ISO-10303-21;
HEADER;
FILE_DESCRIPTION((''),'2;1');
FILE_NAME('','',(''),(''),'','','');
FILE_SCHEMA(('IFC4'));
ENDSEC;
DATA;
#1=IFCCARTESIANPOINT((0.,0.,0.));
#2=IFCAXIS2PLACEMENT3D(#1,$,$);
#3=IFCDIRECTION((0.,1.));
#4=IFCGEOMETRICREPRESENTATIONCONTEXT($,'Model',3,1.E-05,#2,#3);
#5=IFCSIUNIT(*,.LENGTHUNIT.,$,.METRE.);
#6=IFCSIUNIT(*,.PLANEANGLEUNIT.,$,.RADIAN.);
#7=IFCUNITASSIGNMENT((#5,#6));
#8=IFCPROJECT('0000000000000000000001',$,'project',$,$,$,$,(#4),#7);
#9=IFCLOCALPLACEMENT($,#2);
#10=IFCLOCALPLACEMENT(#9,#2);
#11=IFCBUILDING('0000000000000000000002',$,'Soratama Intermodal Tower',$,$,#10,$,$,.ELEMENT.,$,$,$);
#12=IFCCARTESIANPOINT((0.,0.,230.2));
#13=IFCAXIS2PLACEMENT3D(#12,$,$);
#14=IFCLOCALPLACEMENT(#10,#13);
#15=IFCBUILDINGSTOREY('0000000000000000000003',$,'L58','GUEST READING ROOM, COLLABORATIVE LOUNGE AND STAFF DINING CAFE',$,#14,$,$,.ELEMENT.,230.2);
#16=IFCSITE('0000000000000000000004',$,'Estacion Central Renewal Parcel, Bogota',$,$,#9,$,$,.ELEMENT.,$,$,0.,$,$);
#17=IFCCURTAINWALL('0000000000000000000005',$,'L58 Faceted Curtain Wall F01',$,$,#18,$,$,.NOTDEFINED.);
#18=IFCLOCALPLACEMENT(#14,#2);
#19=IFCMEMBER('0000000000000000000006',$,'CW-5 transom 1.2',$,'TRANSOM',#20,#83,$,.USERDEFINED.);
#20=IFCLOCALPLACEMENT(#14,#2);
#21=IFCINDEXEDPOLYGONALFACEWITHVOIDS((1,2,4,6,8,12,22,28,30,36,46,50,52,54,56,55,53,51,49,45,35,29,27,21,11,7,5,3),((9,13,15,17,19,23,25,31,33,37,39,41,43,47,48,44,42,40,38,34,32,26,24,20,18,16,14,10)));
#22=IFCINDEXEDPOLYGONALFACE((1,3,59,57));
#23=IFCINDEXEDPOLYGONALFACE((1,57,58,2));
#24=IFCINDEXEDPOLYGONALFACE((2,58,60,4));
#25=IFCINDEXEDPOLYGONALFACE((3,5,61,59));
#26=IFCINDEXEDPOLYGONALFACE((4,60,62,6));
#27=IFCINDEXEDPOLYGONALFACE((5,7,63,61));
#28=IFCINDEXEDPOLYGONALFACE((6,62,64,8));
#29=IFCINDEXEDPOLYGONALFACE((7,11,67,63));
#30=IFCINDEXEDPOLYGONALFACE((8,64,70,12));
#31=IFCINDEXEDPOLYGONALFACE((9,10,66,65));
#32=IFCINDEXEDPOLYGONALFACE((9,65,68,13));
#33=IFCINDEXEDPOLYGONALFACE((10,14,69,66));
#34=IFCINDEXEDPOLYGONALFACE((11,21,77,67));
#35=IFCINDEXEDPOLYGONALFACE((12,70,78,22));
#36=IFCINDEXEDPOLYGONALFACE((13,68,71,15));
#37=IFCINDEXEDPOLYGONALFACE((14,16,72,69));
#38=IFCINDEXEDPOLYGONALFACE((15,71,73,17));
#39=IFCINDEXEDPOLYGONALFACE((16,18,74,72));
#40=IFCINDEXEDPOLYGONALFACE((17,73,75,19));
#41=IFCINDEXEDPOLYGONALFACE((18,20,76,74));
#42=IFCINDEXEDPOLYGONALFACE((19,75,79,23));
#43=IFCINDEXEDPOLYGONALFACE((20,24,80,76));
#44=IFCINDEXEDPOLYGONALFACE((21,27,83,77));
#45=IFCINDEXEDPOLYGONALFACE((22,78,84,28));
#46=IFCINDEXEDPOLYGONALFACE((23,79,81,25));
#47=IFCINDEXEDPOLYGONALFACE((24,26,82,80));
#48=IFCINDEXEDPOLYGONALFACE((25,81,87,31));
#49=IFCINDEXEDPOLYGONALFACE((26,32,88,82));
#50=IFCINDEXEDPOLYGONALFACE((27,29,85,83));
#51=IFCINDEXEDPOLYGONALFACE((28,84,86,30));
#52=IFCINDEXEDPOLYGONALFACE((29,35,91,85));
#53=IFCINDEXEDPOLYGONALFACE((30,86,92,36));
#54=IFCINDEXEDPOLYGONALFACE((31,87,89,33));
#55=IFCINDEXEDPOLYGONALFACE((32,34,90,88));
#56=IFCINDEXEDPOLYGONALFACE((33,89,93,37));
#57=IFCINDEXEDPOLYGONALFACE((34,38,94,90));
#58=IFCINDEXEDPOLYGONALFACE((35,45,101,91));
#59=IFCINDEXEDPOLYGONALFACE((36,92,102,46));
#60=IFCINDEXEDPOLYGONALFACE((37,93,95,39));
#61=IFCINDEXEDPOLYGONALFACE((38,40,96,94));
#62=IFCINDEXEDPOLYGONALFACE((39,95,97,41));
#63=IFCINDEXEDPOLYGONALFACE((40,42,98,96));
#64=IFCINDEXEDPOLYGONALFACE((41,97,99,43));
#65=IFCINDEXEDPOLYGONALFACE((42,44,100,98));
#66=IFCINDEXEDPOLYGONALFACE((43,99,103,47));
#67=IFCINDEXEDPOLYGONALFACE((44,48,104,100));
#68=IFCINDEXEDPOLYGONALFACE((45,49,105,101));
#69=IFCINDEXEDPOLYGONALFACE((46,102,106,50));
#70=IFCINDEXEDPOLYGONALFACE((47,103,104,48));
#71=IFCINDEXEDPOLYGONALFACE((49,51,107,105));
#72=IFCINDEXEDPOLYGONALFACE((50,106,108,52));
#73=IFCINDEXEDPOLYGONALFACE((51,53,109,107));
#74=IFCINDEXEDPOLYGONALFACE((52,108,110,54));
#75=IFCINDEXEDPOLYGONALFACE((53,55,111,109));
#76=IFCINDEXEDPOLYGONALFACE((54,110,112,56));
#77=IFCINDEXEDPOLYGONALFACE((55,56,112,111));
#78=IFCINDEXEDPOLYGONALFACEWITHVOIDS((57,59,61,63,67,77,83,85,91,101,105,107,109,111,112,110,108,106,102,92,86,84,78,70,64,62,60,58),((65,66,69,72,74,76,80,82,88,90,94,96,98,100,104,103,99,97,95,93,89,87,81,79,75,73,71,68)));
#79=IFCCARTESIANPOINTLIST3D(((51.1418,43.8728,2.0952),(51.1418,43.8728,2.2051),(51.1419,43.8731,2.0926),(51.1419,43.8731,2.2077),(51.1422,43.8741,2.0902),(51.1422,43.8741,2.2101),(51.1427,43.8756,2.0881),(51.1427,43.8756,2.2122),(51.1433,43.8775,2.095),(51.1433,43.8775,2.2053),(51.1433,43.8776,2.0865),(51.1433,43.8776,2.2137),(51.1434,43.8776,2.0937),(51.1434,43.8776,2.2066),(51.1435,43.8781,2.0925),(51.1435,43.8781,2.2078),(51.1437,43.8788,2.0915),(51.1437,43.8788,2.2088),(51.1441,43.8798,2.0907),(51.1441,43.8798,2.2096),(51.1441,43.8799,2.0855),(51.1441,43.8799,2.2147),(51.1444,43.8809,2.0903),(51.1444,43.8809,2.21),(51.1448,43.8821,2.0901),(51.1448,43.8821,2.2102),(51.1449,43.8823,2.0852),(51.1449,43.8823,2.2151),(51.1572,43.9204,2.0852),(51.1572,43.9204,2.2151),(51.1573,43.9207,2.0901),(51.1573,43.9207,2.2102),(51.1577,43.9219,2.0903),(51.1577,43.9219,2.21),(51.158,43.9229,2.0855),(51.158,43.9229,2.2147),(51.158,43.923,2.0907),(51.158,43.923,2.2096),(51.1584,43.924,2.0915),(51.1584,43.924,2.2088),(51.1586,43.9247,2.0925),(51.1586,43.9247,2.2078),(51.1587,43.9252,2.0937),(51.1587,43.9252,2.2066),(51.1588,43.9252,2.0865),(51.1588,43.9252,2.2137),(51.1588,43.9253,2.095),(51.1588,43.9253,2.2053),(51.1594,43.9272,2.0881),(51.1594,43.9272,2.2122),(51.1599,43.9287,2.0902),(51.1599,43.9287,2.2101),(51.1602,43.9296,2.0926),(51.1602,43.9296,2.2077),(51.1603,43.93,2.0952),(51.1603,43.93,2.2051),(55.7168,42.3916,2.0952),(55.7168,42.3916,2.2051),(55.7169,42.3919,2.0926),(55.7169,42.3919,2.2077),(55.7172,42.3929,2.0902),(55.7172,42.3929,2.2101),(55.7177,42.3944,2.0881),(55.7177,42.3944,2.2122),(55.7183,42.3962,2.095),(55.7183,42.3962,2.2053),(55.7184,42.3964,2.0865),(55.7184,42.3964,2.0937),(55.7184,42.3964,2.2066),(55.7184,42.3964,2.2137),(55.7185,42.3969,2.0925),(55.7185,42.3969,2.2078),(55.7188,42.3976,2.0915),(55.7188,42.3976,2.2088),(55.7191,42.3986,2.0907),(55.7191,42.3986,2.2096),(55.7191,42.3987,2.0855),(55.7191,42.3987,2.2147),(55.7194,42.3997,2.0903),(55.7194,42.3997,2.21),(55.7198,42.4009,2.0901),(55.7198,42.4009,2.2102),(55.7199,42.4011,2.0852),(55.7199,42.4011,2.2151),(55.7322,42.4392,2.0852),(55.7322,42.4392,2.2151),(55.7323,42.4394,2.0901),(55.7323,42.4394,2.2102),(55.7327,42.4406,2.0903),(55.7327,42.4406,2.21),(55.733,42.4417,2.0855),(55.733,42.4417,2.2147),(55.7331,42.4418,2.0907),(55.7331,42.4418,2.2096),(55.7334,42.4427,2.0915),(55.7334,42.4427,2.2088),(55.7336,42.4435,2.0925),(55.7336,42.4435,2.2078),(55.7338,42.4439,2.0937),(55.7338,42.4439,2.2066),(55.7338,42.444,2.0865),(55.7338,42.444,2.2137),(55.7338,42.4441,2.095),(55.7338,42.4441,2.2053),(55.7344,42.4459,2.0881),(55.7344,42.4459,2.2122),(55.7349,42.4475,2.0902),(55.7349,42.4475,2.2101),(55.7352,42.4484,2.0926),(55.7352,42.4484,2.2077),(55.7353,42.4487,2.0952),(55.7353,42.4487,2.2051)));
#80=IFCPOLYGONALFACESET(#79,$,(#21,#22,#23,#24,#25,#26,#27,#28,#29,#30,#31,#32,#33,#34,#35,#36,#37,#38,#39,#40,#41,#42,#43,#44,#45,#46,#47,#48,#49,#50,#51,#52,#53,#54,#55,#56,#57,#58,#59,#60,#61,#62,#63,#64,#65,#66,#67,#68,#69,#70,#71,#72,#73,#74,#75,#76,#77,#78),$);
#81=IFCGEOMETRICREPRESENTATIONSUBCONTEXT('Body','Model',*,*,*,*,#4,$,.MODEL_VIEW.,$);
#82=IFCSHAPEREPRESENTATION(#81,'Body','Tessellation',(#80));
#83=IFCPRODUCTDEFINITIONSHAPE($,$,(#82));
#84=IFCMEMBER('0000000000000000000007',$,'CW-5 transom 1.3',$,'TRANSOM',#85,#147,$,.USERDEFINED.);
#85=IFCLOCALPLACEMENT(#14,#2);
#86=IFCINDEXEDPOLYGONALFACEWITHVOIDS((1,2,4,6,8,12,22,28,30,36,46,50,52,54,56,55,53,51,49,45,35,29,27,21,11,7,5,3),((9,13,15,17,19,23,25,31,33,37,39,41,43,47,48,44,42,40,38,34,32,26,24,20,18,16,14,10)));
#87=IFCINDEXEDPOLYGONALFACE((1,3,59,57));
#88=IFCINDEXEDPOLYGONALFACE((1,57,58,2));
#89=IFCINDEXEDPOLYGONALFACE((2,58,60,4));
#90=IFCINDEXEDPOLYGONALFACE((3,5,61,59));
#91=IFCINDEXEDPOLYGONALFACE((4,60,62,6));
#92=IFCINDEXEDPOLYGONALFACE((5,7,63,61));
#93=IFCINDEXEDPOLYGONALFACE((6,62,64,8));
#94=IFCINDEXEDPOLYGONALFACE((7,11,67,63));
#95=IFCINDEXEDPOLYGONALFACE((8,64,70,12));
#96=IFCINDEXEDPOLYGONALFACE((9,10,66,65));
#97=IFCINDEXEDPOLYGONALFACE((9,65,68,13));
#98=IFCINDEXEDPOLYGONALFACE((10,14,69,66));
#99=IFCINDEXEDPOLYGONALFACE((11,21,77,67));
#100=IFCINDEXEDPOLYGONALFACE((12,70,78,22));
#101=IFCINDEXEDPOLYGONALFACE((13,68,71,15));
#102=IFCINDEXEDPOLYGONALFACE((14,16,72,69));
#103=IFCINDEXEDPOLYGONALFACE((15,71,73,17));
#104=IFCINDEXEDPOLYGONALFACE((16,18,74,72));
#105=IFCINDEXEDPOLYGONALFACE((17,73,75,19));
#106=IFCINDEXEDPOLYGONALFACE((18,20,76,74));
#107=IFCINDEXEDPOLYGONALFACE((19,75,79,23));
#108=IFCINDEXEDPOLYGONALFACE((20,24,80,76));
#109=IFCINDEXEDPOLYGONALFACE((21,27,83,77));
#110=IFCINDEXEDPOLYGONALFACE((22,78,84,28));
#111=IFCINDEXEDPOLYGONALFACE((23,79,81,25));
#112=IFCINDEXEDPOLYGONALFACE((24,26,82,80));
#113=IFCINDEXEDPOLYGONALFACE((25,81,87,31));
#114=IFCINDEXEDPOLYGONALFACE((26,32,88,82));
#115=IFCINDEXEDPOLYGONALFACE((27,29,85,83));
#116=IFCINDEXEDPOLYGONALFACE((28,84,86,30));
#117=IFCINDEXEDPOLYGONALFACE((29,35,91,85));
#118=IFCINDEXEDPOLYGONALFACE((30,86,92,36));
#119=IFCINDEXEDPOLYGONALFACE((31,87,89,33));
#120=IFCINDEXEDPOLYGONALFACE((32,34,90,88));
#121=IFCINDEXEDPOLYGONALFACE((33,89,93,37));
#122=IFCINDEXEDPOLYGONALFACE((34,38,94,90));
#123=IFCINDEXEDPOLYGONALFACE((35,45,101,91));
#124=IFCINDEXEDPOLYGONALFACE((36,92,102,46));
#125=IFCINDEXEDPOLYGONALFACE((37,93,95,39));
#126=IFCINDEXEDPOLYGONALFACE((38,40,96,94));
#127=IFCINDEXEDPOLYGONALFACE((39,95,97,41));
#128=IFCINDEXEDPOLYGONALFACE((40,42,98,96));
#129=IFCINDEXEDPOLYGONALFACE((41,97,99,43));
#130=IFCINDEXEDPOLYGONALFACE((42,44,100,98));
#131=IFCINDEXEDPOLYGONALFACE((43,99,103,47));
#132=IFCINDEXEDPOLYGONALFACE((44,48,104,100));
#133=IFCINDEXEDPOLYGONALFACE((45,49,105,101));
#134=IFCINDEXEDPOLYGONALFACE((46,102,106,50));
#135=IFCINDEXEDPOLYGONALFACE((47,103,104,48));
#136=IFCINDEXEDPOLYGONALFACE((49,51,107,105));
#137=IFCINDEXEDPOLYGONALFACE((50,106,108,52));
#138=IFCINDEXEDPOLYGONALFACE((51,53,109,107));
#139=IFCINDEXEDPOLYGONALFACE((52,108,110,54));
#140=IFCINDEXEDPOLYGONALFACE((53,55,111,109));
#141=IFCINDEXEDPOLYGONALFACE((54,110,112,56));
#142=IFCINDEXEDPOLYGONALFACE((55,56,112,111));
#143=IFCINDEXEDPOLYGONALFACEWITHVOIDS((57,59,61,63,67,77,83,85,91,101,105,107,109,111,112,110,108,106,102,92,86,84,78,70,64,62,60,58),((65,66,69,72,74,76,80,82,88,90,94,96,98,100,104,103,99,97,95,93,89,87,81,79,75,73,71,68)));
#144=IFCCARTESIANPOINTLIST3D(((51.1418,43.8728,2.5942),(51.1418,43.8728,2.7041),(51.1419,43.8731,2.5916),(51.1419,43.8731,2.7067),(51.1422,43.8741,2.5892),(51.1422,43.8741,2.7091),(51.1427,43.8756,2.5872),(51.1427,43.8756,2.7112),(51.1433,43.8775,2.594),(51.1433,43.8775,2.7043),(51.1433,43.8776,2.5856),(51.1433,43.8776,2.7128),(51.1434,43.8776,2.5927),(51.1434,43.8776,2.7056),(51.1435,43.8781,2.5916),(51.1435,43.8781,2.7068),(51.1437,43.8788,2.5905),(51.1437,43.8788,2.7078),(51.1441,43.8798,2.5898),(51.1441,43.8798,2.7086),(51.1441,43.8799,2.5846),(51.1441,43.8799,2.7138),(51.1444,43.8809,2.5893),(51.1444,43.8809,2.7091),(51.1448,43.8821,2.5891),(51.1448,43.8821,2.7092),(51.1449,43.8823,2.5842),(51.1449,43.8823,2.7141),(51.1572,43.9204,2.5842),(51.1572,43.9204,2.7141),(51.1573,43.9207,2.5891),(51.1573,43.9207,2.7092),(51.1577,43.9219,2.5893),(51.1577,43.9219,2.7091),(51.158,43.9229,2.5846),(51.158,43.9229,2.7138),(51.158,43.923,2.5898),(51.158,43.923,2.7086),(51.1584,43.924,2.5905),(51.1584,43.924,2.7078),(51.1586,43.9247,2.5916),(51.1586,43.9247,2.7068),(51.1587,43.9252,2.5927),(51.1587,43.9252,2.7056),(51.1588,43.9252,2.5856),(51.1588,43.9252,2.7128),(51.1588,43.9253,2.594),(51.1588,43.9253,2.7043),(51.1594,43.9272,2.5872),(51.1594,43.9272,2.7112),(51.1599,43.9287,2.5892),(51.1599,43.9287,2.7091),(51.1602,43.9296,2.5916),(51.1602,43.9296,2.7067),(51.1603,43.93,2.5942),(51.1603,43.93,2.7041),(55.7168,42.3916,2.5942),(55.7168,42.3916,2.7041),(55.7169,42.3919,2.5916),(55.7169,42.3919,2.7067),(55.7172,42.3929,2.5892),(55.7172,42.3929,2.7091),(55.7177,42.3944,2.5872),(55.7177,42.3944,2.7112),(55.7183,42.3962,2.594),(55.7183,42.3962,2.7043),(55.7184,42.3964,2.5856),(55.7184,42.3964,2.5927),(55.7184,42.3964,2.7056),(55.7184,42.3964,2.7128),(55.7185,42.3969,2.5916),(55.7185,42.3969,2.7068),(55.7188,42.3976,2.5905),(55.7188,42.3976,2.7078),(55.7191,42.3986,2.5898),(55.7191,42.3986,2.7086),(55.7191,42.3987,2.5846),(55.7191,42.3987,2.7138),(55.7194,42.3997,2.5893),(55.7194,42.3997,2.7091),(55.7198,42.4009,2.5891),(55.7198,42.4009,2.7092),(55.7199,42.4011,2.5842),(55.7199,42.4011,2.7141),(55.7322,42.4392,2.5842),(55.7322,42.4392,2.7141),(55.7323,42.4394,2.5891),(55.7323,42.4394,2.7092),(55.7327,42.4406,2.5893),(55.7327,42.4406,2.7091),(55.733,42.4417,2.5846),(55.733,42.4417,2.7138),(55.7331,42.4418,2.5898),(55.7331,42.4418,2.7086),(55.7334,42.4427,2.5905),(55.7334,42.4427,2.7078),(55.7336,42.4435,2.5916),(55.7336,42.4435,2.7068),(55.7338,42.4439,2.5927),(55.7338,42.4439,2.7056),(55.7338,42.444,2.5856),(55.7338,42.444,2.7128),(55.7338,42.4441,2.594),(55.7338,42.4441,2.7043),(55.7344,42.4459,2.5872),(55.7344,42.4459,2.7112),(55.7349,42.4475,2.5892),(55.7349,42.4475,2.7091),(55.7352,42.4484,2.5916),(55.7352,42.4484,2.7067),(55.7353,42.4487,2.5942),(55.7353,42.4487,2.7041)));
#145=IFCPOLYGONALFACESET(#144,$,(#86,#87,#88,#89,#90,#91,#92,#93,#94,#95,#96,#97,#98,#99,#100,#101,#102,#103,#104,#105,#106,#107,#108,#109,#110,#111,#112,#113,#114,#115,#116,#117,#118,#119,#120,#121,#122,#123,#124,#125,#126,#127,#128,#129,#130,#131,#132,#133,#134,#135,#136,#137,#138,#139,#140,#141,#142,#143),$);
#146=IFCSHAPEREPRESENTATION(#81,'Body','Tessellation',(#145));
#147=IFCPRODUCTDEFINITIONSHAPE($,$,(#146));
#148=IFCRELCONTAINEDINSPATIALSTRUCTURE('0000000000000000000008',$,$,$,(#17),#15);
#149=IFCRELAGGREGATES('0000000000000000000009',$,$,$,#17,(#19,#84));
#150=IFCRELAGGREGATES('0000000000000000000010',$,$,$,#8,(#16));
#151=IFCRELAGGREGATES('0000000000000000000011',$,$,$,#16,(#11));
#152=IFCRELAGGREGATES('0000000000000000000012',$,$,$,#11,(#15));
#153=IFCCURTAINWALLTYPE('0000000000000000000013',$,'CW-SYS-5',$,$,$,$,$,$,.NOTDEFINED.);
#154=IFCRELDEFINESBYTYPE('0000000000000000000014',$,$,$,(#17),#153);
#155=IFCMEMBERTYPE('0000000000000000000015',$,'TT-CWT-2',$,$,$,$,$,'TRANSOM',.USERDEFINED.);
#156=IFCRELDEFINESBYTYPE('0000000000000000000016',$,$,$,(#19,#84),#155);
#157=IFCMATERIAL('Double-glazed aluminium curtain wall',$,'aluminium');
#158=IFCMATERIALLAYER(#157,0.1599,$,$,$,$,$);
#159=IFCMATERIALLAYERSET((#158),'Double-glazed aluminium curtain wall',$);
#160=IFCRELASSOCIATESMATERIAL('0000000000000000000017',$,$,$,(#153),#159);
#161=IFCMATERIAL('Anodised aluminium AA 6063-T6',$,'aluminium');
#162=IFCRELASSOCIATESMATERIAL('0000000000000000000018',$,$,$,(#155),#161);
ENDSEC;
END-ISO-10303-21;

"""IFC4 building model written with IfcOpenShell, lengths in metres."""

from ifc_helpers import new_model, si_unit, direction, frame, origin, origin_2d, place, context, subcontext, project, spatial, hollow_rectangle, extrude, material, layer, layer_set, material_profile, profile_set, type_object, element, aggregate, save


model = new_model("IFC4")

# Units and contexts
model_context = context("Model", 3, precision=1e-05, world=origin(), true_north=direction((0.0, 1.0)))
body_context = subcontext(model_context, "Body", "Model", "MODEL_VIEW")
ifc_project = project(units=[si_unit("LENGTHUNIT", "METRE"), si_unit("PLANEANGLEUNIT", "RADIAN")], contexts=[model_context])

# Site, building, storey
site_placement = place(None, origin())
site = spatial("IfcSite", under=ifc_project, at=site_placement, Name="Estacion Central Renewal Parcel, Bogota", CompositionType="ELEMENT", RefElevation=0.0)
building_placement = place(site_placement, origin())
building = spatial("IfcBuilding", under=site, at=building_placement, Name="Soratama Intermodal Tower", CompositionType="ELEMENT")
storey_placement = place(building_placement, frame((0.0, 0.0, 230.2)))
storey = spatial("IfcBuildingStorey", under=building, at=storey_placement, Name="L58", Description="GUEST READING ROOM, COLLABORATIVE LOUNGE AND STAFF DINING CAFE", CompositionType="ELEMENT", Elevation=230.2)

# Curtain wall
ifc_material_1 = material(Name="Double-glazed aluminium curtain wall", Category="aluminium")
ifc_layer_1 = layer(ifc_material_1, 0.1599)
ifc_layer_set_1 = layer_set([ifc_layer_1], Name="Double-glazed aluminium curtain wall")
curtain_wall_type = type_object("IfcCurtainWallType", Name="CW-SYS-5", PredefinedType="NOTDEFINED", material=ifc_layer_set_1)
curtain_wall_1_placement = place(storey_placement, origin())
curtain_wall_1 = element("IfcCurtainWall", 1, at=curtain_wall_1_placement, inside=storey, type_object=curtain_wall_type, Name="L58 Faceted Curtain Wall F01", PredefinedType="NOTDEFINED")

# Members
ifc_material_2 = material(Name="Anodised aluminium AA 6063-T6", Category="aluminium")
ifc_material_profile_1 = material_profile(ifc_material_2, hollow_rectangle(XDim=0.0601, YDim=0.1299, WallThickness=0.0049, InnerFilletRadius=0.0049, OuterFilletRadius=0.01, at=origin_2d()), Name="CWT130X60X5")
ifc_profile_set_1 = profile_set([ifc_material_profile_1], Name="Anodised aluminium AA 6063-T6")
member_type_1 = type_object("IfcMemberType", Name="TT-CWT-2", ElementType="TRANSOM", PredefinedType="USERDEFINED", material=ifc_profile_set_1)
member_1_placement = place(storey_placement, frame((55.7261, 42.4202, 2.1501), z_axis=(-0.951379, 0.308022, 0.0), x_axis=(-0.308022, -0.951379, 0.0)))
member_1 = element("IfcMember", 2, at=member_1_placement, type_object=member_type_1, Name="CW-5 transom 1.2", ObjectType="TRANSOM", PredefinedType="USERDEFINED", context=body_context, shape_type="SweptSolid", body=[
    extrude(hollow_rectangle(XDim=0.0601, YDim=0.1299, WallThickness=0.0049, InnerFilletRadius=0.0049, OuterFilletRadius=0.01, at=origin_2d()), origin(), (0.0, 0.0, 1.0), 4.8088),
])
member_2_placement = place(storey_placement, frame((55.7261, 42.4202, 2.6492), z_axis=(-0.951379, 0.308022, 0.0), x_axis=(-0.308022, -0.951379, 0.0)))
member_2 = element("IfcMember", 3, at=member_2_placement, type_object=member_type_1, Name="CW-5 transom 1.3", ObjectType="TRANSOM", PredefinedType="USERDEFINED", context=body_context, shape_type="SweptSolid", body=[
    extrude(hollow_rectangle(XDim=0.0601, YDim=0.1299, WallThickness=0.0049, InnerFilletRadius=0.0049, OuterFilletRadius=0.01, at=origin_2d()), origin(), (0.0, 0.0, 1.0), 4.8088),
])

aggregate(curtain_wall_1, [member_1, member_2])

save(model, "model.ifc")
